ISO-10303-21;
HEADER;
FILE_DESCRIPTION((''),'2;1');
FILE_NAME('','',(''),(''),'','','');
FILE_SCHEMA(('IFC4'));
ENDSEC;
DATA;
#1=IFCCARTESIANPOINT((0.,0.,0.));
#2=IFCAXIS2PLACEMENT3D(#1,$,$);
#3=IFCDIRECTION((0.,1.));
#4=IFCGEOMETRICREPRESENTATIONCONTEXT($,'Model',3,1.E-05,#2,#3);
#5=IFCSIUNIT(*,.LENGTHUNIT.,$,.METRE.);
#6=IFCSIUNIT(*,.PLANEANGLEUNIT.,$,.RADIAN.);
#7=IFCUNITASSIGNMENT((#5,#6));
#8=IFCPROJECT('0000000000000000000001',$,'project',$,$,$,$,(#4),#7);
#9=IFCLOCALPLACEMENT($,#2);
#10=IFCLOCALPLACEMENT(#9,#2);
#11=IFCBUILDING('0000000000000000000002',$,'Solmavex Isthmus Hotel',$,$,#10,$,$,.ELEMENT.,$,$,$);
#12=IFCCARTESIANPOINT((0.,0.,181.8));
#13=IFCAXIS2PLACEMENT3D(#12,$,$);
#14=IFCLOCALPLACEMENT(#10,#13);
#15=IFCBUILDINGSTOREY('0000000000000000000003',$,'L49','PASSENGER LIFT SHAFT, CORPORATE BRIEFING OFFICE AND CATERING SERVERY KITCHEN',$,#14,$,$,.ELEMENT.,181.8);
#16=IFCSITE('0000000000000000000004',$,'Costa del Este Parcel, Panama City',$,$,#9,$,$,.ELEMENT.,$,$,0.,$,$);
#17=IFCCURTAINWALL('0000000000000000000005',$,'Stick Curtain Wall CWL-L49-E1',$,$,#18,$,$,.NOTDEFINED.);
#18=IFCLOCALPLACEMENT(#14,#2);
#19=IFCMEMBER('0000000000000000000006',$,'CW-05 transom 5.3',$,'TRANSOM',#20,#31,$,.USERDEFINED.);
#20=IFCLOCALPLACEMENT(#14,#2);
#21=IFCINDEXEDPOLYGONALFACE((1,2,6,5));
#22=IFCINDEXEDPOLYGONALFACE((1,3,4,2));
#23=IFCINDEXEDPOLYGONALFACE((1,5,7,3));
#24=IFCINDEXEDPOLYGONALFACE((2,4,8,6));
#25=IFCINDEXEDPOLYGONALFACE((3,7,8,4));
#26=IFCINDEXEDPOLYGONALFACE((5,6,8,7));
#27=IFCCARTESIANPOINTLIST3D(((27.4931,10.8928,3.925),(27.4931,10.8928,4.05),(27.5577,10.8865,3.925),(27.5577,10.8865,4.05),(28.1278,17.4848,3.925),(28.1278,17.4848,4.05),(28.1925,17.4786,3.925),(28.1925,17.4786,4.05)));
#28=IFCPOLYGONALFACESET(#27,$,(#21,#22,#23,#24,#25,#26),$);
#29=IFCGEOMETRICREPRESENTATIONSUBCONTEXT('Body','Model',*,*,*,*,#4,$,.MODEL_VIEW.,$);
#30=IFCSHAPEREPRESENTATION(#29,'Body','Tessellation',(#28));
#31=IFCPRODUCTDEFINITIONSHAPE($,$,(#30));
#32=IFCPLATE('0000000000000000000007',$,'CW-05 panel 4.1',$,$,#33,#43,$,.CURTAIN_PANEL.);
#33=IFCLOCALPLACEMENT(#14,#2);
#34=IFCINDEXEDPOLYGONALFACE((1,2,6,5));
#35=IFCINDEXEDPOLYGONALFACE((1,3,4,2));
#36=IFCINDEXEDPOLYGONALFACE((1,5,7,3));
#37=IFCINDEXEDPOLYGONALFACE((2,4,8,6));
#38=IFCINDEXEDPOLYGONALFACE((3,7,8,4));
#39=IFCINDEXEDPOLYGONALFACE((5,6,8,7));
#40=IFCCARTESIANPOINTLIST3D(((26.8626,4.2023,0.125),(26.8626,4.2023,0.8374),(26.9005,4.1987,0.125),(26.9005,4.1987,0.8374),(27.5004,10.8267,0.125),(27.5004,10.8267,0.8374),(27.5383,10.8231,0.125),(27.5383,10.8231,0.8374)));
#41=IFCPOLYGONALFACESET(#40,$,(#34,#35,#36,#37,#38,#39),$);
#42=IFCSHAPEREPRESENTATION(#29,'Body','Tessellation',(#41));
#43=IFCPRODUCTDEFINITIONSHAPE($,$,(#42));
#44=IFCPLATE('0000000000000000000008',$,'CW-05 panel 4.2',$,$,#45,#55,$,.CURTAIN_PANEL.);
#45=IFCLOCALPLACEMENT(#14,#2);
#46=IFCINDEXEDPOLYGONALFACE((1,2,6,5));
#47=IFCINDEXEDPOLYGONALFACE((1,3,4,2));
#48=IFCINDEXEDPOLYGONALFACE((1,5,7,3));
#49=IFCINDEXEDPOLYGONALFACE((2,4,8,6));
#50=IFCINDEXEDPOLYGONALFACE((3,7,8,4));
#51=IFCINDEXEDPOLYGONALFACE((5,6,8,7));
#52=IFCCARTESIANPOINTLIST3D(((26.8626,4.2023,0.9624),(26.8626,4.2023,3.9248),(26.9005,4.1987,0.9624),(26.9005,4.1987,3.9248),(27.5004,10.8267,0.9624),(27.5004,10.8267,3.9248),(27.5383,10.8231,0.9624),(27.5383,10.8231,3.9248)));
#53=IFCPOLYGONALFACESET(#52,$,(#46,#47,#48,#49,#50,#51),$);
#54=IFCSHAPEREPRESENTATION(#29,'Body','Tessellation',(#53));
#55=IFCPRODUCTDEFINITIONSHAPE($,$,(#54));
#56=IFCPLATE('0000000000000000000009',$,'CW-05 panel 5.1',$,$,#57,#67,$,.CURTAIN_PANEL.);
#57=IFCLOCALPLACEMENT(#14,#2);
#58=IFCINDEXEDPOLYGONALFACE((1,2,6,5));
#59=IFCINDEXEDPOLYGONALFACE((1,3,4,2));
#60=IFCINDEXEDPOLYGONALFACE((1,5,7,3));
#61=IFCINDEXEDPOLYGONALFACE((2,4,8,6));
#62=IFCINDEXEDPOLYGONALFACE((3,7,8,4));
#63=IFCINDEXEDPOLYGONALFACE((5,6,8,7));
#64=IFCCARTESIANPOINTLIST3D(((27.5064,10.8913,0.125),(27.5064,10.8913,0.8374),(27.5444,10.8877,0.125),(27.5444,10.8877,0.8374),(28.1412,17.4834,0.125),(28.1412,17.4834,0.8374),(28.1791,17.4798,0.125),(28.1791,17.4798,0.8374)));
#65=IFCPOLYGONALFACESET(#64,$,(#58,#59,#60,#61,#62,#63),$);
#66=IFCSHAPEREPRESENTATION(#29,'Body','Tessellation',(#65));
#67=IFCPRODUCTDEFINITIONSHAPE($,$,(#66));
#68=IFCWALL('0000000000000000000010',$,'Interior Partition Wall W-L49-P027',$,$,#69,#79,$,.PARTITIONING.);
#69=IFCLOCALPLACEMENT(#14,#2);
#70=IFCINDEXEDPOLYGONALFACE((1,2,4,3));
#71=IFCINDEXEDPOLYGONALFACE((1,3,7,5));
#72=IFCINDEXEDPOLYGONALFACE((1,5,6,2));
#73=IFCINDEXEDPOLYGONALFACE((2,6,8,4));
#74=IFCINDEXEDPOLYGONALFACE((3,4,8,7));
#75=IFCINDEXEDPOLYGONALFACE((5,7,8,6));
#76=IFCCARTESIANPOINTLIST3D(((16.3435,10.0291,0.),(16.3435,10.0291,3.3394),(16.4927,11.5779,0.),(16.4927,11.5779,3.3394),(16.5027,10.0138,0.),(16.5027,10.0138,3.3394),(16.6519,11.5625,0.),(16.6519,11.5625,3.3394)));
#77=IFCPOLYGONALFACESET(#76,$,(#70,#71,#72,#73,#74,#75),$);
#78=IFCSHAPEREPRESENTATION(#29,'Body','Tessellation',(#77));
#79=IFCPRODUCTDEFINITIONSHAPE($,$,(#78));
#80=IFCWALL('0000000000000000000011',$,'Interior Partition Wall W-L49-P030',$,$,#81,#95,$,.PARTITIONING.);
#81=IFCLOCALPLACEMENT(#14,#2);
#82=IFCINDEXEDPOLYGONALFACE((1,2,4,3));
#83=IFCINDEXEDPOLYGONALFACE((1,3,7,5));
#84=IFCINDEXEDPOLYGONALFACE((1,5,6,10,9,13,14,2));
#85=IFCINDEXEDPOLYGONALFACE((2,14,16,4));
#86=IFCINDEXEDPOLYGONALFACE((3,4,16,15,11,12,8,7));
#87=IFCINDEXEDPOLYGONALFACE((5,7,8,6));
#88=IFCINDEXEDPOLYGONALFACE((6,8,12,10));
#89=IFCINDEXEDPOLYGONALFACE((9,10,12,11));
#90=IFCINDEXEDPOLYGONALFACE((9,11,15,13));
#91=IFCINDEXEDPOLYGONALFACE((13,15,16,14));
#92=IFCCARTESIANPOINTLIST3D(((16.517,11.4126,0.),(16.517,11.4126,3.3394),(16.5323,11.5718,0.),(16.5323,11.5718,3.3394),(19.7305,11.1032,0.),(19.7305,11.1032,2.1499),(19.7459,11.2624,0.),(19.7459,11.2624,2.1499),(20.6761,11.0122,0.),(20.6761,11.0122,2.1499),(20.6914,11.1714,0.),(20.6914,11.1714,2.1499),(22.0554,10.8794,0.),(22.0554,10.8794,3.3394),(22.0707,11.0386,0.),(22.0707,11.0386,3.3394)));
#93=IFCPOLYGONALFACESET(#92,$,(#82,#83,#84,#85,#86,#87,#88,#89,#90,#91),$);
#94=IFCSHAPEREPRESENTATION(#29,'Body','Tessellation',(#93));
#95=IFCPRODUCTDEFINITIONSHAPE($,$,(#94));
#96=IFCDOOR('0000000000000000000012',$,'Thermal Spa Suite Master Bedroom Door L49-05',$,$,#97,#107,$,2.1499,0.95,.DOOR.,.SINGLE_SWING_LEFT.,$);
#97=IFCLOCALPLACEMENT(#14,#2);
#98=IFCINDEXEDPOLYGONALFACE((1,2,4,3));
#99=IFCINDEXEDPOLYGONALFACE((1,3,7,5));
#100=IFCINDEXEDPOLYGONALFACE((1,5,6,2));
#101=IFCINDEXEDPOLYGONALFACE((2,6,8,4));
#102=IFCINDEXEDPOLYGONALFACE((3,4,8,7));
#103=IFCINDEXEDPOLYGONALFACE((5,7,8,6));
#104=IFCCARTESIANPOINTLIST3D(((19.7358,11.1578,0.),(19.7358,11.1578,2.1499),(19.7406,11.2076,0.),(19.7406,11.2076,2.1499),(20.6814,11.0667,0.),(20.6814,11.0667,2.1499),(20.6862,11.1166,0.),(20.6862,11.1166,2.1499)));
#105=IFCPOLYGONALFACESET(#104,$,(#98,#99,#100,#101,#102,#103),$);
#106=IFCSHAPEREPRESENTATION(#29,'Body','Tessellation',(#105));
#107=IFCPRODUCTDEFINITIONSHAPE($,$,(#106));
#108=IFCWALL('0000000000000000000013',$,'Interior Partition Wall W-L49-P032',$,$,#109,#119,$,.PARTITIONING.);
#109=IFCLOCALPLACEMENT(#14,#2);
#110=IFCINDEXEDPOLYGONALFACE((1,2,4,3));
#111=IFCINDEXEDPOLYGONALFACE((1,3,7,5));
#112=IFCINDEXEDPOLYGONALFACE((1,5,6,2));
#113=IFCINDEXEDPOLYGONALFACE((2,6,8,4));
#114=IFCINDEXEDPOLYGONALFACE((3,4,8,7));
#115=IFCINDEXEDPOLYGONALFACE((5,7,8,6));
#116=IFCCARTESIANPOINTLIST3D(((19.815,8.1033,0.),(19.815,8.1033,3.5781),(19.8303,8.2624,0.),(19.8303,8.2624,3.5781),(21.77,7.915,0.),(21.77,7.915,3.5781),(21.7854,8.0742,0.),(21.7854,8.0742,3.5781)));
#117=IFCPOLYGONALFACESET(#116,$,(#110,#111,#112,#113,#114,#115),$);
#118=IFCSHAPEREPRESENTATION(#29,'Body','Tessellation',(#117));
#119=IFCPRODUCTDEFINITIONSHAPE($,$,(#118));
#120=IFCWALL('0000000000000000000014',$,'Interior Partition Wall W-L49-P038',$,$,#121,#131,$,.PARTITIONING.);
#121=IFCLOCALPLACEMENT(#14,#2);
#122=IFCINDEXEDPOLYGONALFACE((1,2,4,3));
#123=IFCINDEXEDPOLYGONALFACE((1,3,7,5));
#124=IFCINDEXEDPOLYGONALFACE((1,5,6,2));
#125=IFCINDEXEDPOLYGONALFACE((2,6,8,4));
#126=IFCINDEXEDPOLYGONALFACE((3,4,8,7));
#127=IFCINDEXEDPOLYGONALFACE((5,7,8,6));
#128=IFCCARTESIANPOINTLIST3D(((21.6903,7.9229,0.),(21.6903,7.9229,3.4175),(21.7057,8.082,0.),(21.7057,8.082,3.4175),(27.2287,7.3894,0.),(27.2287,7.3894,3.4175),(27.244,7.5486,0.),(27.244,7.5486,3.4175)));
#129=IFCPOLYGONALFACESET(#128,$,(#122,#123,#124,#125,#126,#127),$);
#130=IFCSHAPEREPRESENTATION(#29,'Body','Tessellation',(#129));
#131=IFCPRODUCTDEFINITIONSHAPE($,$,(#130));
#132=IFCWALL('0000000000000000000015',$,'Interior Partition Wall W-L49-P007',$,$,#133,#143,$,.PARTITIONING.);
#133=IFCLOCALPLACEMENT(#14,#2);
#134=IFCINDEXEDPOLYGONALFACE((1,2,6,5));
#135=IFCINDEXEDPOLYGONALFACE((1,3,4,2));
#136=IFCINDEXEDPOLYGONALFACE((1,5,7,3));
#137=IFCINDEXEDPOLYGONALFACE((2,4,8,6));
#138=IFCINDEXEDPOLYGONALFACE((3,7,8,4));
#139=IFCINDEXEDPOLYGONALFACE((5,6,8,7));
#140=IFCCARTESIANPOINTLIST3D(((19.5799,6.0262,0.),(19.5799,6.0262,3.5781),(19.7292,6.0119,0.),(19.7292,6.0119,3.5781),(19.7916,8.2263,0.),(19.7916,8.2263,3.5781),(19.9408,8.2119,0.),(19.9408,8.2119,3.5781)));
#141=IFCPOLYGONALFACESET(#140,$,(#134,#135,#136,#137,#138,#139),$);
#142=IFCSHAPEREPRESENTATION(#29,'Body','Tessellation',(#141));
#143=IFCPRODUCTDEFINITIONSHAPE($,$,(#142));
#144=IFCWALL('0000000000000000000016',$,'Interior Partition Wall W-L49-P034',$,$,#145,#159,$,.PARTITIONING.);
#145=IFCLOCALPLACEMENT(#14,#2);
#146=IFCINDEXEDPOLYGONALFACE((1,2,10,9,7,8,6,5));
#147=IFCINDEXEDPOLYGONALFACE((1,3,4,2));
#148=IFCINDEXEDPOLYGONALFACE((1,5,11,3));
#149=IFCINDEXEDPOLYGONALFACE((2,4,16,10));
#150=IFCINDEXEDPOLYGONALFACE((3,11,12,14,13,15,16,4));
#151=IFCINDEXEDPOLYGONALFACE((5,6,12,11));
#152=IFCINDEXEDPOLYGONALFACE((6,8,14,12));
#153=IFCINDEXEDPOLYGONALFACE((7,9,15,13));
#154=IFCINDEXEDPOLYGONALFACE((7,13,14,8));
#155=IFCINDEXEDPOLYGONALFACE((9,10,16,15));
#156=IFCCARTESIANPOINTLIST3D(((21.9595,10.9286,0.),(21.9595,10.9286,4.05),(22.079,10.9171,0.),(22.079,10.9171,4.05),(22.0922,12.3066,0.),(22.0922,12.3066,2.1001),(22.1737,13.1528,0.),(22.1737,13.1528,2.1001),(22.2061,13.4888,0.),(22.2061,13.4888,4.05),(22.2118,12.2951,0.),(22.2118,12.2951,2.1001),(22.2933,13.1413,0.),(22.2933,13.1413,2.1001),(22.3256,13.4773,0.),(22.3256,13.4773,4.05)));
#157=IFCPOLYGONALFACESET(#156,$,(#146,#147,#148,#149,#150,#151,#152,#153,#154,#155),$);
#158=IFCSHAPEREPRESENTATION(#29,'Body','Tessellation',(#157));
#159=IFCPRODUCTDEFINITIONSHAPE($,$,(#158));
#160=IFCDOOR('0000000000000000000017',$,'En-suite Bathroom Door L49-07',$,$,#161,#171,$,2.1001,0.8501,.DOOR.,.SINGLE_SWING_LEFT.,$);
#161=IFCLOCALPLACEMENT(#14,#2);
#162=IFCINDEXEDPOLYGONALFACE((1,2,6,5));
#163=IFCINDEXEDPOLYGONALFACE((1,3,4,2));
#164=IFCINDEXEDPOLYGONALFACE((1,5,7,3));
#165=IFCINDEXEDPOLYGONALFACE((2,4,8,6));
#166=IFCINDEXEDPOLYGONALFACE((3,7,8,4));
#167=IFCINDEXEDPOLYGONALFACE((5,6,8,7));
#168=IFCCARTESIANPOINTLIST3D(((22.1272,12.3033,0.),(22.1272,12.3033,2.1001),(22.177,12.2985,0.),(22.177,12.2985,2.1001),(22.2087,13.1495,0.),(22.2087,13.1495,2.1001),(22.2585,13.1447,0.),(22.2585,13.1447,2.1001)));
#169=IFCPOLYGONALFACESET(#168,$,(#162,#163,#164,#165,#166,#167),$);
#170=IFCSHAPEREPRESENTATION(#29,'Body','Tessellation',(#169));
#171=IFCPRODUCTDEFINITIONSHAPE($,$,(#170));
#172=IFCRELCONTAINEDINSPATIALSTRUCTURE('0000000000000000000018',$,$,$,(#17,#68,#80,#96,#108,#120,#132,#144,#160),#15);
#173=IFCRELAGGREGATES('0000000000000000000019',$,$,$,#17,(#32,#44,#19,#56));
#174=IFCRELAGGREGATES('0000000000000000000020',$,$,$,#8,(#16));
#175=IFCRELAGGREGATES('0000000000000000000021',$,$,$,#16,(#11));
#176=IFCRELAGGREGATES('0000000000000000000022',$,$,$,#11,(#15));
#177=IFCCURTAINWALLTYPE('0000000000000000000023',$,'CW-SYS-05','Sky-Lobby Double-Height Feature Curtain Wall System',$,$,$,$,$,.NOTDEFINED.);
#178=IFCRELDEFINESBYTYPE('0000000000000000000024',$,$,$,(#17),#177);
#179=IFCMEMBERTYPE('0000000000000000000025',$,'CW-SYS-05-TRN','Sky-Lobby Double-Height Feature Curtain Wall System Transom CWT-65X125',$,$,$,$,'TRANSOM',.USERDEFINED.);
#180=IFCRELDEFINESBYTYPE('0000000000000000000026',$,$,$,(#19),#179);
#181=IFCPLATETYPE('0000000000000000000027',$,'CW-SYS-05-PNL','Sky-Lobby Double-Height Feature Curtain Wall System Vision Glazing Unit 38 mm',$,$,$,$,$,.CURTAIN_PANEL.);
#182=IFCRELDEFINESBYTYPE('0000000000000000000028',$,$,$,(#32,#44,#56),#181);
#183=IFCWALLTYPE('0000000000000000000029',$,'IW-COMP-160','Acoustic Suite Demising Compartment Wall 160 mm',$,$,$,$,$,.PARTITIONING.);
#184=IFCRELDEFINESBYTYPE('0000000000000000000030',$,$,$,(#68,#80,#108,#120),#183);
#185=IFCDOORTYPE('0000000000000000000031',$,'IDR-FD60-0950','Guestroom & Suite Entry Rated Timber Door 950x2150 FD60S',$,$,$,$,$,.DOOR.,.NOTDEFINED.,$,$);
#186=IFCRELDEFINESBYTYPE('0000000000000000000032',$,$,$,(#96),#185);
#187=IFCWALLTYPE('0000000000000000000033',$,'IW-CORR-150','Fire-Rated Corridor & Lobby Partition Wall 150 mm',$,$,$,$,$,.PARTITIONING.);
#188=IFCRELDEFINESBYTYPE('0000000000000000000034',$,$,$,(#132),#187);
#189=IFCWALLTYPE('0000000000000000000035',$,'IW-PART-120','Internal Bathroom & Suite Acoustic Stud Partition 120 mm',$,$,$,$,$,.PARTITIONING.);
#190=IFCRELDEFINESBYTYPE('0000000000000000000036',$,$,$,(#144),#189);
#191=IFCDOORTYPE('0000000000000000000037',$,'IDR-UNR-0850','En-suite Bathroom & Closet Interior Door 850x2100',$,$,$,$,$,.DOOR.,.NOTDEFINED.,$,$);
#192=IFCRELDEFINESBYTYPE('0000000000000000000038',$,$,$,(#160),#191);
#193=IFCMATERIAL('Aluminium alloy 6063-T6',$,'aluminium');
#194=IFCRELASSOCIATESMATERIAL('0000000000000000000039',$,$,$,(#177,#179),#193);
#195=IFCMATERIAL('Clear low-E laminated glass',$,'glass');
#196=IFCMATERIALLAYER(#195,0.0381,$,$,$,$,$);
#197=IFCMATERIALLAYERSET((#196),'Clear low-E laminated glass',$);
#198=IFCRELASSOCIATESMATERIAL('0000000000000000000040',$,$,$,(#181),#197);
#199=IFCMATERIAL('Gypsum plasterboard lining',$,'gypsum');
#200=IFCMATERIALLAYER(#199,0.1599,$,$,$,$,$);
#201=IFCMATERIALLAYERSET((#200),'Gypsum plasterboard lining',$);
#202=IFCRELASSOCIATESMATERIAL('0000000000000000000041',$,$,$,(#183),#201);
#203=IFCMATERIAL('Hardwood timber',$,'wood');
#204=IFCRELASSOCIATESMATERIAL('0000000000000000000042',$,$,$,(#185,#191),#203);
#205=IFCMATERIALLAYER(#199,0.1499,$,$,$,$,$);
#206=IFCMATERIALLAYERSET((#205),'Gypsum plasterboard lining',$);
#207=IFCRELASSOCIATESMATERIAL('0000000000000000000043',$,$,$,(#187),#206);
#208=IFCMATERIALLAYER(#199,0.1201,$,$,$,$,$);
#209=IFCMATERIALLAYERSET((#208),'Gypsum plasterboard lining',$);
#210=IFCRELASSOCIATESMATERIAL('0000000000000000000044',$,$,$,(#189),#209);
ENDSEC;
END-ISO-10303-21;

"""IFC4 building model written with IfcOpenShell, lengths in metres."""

from ifc_helpers import new_model, si_unit, direction, frame, frame_2d, origin, origin_2d, place, context, subcontext, project, spatial, rectangle, extrude, material, layer, layer_set, material_profile, profile_set, type_object, element, fill, aggregate, save


model = new_model("IFC4")

# Units and contexts
model_context = context("Model", 3, precision=1e-05, world=origin(), true_north=direction((0.0, 1.0)))
body_context = subcontext(model_context, "Body", "Model", "MODEL_VIEW")
ifc_project = project(units=[si_unit("LENGTHUNIT", "METRE"), si_unit("PLANEANGLEUNIT", "RADIAN")], contexts=[model_context])

# Site, building, storey
site_placement = place(None, origin())
site = spatial("IfcSite", under=ifc_project, at=site_placement, Name="Costa del Este Parcel, Panama City", CompositionType="ELEMENT", RefElevation=0.0)
building_placement = place(site_placement, origin())
building = spatial("IfcBuilding", under=site, at=building_placement, Name="Solmavex Isthmus Hotel", CompositionType="ELEMENT")
storey_placement = place(building_placement, frame((0.0, 0.0, 181.8)))
storey = spatial("IfcBuildingStorey", under=building, at=storey_placement, Name="L49", Description="PASSENGER LIFT SHAFT, CORPORATE BRIEFING OFFICE AND CATERING SERVERY KITCHEN", CompositionType="ELEMENT", Elevation=181.8)

# Curtain wall, member, plates
ifc_material_1 = material(Name="Aluminium alloy 6063-T6", Category="aluminium")
curtain_wall_type = type_object("IfcCurtainWallType", Name="CW-SYS-05", Description="Sky-Lobby Double-Height Feature Curtain Wall System", PredefinedType="NOTDEFINED", material=ifc_material_1)
curtain_wall_placement = place(storey_placement, origin())
curtain_wall = element("IfcCurtainWall", 1, at=curtain_wall_placement, inside=storey, type_object=curtain_wall_type, Name="Stick Curtain Wall CWL-L49-E1", PredefinedType="NOTDEFINED")
ifc_material_profile_1 = material_profile(ifc_material_1, rectangle(XDim=0.0649, YDim=0.125, at=origin_2d()), Name="CWT-65X125")
ifc_profile_set_1 = profile_set([ifc_material_profile_1], Name="Aluminium alloy 6063-T6")
member_type_1 = type_object("IfcMemberType", Name="CW-SYS-05-TRN", Description="Sky-Lobby Double-Height Feature Curtain Wall System Transom CWT-65X125", ElementType="TRANSOM", PredefinedType="USERDEFINED", material=ifc_profile_set_1)
member_1_placement = place(storey_placement, frame((27.5254, 10.8896, 3.9875), z_axis=(0.095849, 0.995396, 0.0), x_axis=(-0.995396, 0.095849, 0.0)))
member_1 = element("IfcMember", 2, at=member_1_placement, type_object=member_type_1, Name="CW-05 transom 5.3", ObjectType="TRANSOM", PredefinedType="USERDEFINED", context=body_context, shape_type="SweptSolid", body=[
    extrude(rectangle(XDim=0.0649, YDim=0.125, at=origin_2d()), origin(), (0.0, 0.0, 1.0), 6.6226),
])
ifc_material_2 = material(Name="Clear low-E laminated glass", Category="glass")
ifc_layer_1 = layer(ifc_material_2, 0.0381)
ifc_layer_set_1 = layer_set([ifc_layer_1], Name="Clear low-E laminated glass")
plate_type = type_object("IfcPlateType", Name="CW-SYS-05-PNL", Description="Sky-Lobby Double-Height Feature Curtain Wall System Vision Glazing Unit 38 mm", PredefinedType="CURTAIN_PANEL", material=ifc_layer_set_1)
plate_1_placement = place(storey_placement, frame((27.2004, 7.5127, 0.125), z_axis=(0.0, 0.0, 1.0), x_axis=(0.095846, 0.995396, 0.0)))
plate_1 = element("IfcPlate", 3, at=plate_1_placement, type_object=plate_type, Name="CW-05 panel 4.1", PredefinedType="CURTAIN_PANEL", context=body_context, shape_type="SweptSolid", body=[
    extrude(rectangle(XDim=6.655, YDim=0.0381, at=origin_2d()), origin(), (0.0, 0.0, 1.0), 0.7124),
])
plate_2_placement = place(storey_placement, frame((27.2004, 7.5127, 0.9624), z_axis=(0.0, 0.0, 1.0), x_axis=(0.095846, 0.995396, 0.0)))
plate_2 = element("IfcPlate", 4, at=plate_2_placement, type_object=plate_type, Name="CW-05 panel 4.2", PredefinedType="CURTAIN_PANEL", context=body_context, shape_type="SweptSolid", body=[
    extrude(rectangle(XDim=6.655, YDim=0.0381, at=origin_2d()), origin(), (0.0, 0.0, 1.0), 2.9624),
])
plate_3_placement = place(storey_placement, frame((27.8428, 14.1855, 0.125), z_axis=(0.0, 0.0, 1.0), x_axis=(0.095846, 0.995396, 0.0)))
plate_3 = element("IfcPlate", 5, at=plate_3_placement, type_object=plate_type, Name="CW-05 panel 5.1", PredefinedType="CURTAIN_PANEL", context=body_context, shape_type="SweptSolid", body=[
    extrude(rectangle(XDim=6.6226, YDim=0.0381, at=origin_2d()), origin(), (0.0, 0.0, 1.0), 0.7124),
])
aggregate(curtain_wall, [plate_1, plate_2, member_1, plate_3])

# Wall
ifc_material_3 = material(Name="Gypsum plasterboard lining", Category="gypsum")
ifc_layer_2 = layer(ifc_material_3, 0.1599)
ifc_layer_set_2 = layer_set([ifc_layer_2], Name="Gypsum plasterboard lining")
wall_type_1 = type_object("IfcWallType", Name="IW-COMP-160", Description="Acoustic Suite Demising Compartment Wall 160 mm", PredefinedType="PARTITIONING", material=ifc_layer_set_2)
wall_1_placement = place(storey_placement, frame((16.5723, 11.5701, 0.0), z_axis=(0.0, 0.0, 1.0), x_axis=(-0.095868, -0.995394, 0.0)))
element("IfcWall", 6, at=wall_1_placement, inside=storey, type_object=wall_type_1, Name="Interior Partition Wall W-L49-P027", PredefinedType="PARTITIONING", context=body_context, shape_type="SweptSolid", body=[
    extrude(rectangle(XDim=1.5559, YDim=0.1599, at=frame_2d((0.7778, 0.0))), origin(), (0.0, 0.0, 1.0), 3.3394),
])

# Wall, opening, door
wall_2_placement = place(storey_placement, frame((16.5247, 11.4922, 0.0), z_axis=(0.0, 0.0, 1.0), x_axis=(0.995398, -0.095832, 0.0)))
wall_2 = element("IfcWall", 7, at=wall_2_placement, inside=storey, type_object=wall_type_1, Name="Interior Partition Wall W-L49-P030", PredefinedType="PARTITIONING", context=body_context, shape_type="SweptSolid", body=[
    extrude(rectangle(XDim=5.564, YDim=0.1599, at=frame_2d((2.782, 0.0))), origin(), (0.0, 0.0, 1.0), 3.3394),
])
opening_1_placement = place(wall_2_placement, frame((3.2283, 0.0, 0.0)))
opening_1 = element("IfcOpeningElement", 8, at=opening_1_placement, cuts=wall_2, PredefinedType="OPENING", context=body_context, shape_type="SweptSolid", body=[
    extrude(rectangle(XDim=0.95, YDim=2.1499, at=frame_2d((0.4751, 1.075))), frame((0.0, 0.0898, 0.0), z_axis=(0.0, -1.0, 0.0), x_axis=(1.0, 0.0, 0.0)), (0.0, 0.0, 1.0), 0.1799),
])
ifc_material_4 = material(Name="Hardwood timber", Category="wood")
door_type_1 = type_object("IfcDoorType", Name="IDR-FD60-0950", Description="Guestroom & Suite Entry Rated Timber Door 950x2150 FD60S", OperationType="NOTDEFINED", PredefinedType="DOOR", material=ifc_material_4)
door_1_placement = place(opening_1_placement, origin())
door_1 = element("IfcDoor", 9, at=door_1_placement, inside=storey, type_object=door_type_1, Name="Thermal Spa Suite Master Bedroom Door L49-05", OperationType="SINGLE_SWING_LEFT", OverallHeight=2.1499, OverallWidth=0.95, PredefinedType="DOOR", context=body_context, shape_type="SweptSolid", body=[
    extrude(rectangle(XDim=0.95, YDim=2.1499, at=frame_2d((0.4751, 1.075))), frame((0.0, 0.0249, 0.0), z_axis=(0.0, -1.0, 0.0), x_axis=(1.0, 0.0, 0.0)), (0.0, 0.0, 1.0), 0.05),
])
fill(opening_1, door_1)

# Walls
wall_3_placement = place(storey_placement, frame((21.7776, 7.9946, 0.0), z_axis=(0.0, 0.0, 1.0), x_axis=(-0.995397, 0.095836, 0.0)))
element("IfcWall", 10, at=wall_3_placement, inside=storey, type_object=wall_type_1, Name="Interior Partition Wall W-L49-P032", PredefinedType="PARTITIONING", context=body_context, shape_type="SweptSolid", body=[
    extrude(rectangle(XDim=1.9641, YDim=0.1599, at=frame_2d((0.9819, 0.0))), origin(), (0.0, 0.0, 1.0), 3.5781),
])
wall_4_placement = place(storey_placement, frame((27.2363, 7.469, 0.0), z_axis=(0.0, 0.0, 1.0), x_axis=(-0.995393, 0.095875, 0.0)))
element("IfcWall", 11, at=wall_4_placement, inside=storey, type_object=wall_type_1, Name="Interior Partition Wall W-L49-P038", PredefinedType="PARTITIONING", context=body_context, shape_type="SweptSolid", body=[
    extrude(rectangle(XDim=5.564, YDim=0.1599, at=frame_2d((2.782, 0.0))), origin(), (0.0, 0.0, 1.0), 3.4175),
])
ifc_layer_3 = layer(ifc_material_3, 0.1499)
ifc_layer_set_3 = layer_set([ifc_layer_3], Name="Gypsum plasterboard lining")
wall_type_2 = type_object("IfcWallType", Name="IW-CORR-150", Description="Fire-Rated Corridor & Lobby Partition Wall 150 mm", PredefinedType="PARTITIONING", material=ifc_layer_set_3)
wall_5_placement = place(storey_placement, frame((19.8662, 8.219, 0.0), z_axis=(0.0, 0.0, 1.0), x_axis=(-0.095773, -0.995403, 0.0)))
element("IfcWall", 12, at=wall_5_placement, inside=storey, type_object=wall_type_2, Name="Interior Partition Wall W-L49-P007", PredefinedType="PARTITIONING", context=body_context, shape_type="SweptSolid", body=[
    extrude(rectangle(XDim=2.2102, YDim=0.1499, at=frame_2d((1.105, 0.0))), origin(), (0.0, 0.0, 1.0), 3.5781),
])

# Wall, opening, door
ifc_layer_4 = layer(ifc_material_3, 0.1201)
ifc_layer_set_4 = layer_set([ifc_layer_4], Name="Gypsum plasterboard lining")
wall_type_3 = type_object("IfcWallType", Name="IW-PART-120", Description="Internal Bathroom & Suite Acoustic Stud Partition 120 mm", PredefinedType="PARTITIONING", material=ifc_layer_set_4)
wall_6_placement = place(storey_placement, frame((22.2659, 13.4832, 0.0), z_axis=(0.0, 0.0, 1.0), x_axis=(-0.095875, -0.995393, 0.0)))
wall_6 = element("IfcWall", 13, at=wall_6_placement, inside=storey, type_object=wall_type_3, Name="Interior Partition Wall W-L49-P034", PredefinedType="PARTITIONING", context=body_context, shape_type="SweptSolid", body=[
    extrude(rectangle(XDim=2.572, YDim=0.1201, at=frame_2d((1.2861, 0.0))), origin(), (0.0, 0.0, 1.0), 4.05),
])
opening_2_placement = place(wall_6_placement, frame((0.3376, 0.0, 0.0)))
opening_2 = element("IfcOpeningElement", 14, at=opening_2_placement, cuts=wall_6, PredefinedType="OPENING", context=body_context, shape_type="SweptSolid", body=[
    extrude(rectangle(XDim=0.8501, YDim=2.1001, at=frame_2d((0.425, 1.05))), frame((0.0, 0.0701, 0.0), z_axis=(0.0, -1.0, 0.0), x_axis=(1.0, 0.0, 0.0)), (0.0, 0.0, 1.0), 0.1401),
])
door_type_2 = type_object("IfcDoorType", Name="IDR-UNR-0850", Description="En-suite Bathroom & Closet Interior Door 850x2100", OperationType="NOTDEFINED", PredefinedType="DOOR", material=ifc_material_4)
door_2_placement = place(opening_2_placement, frame((0.8501, 0.0, 0.0), z_axis=(0.0, 0.0, 1.0), x_axis=(-1.0, 0.0, 0.0)))
door_2 = element("IfcDoor", 15, at=door_2_placement, inside=storey, type_object=door_type_2, Name="En-suite Bathroom Door L49-07", OperationType="SINGLE_SWING_LEFT", OverallHeight=2.1001, OverallWidth=0.8501, PredefinedType="DOOR", context=body_context, shape_type="SweptSolid", body=[
    extrude(rectangle(XDim=0.8501, YDim=2.1001, at=frame_2d((0.425, 1.05))), frame((0.0, 0.0249, 0.0), z_axis=(0.0, -1.0, 0.0), x_axis=(1.0, 0.0, 0.0)), (0.0, 0.0, 1.0), 0.05),
])
fill(opening_2, door_2)

save(model, "model.ifc")
